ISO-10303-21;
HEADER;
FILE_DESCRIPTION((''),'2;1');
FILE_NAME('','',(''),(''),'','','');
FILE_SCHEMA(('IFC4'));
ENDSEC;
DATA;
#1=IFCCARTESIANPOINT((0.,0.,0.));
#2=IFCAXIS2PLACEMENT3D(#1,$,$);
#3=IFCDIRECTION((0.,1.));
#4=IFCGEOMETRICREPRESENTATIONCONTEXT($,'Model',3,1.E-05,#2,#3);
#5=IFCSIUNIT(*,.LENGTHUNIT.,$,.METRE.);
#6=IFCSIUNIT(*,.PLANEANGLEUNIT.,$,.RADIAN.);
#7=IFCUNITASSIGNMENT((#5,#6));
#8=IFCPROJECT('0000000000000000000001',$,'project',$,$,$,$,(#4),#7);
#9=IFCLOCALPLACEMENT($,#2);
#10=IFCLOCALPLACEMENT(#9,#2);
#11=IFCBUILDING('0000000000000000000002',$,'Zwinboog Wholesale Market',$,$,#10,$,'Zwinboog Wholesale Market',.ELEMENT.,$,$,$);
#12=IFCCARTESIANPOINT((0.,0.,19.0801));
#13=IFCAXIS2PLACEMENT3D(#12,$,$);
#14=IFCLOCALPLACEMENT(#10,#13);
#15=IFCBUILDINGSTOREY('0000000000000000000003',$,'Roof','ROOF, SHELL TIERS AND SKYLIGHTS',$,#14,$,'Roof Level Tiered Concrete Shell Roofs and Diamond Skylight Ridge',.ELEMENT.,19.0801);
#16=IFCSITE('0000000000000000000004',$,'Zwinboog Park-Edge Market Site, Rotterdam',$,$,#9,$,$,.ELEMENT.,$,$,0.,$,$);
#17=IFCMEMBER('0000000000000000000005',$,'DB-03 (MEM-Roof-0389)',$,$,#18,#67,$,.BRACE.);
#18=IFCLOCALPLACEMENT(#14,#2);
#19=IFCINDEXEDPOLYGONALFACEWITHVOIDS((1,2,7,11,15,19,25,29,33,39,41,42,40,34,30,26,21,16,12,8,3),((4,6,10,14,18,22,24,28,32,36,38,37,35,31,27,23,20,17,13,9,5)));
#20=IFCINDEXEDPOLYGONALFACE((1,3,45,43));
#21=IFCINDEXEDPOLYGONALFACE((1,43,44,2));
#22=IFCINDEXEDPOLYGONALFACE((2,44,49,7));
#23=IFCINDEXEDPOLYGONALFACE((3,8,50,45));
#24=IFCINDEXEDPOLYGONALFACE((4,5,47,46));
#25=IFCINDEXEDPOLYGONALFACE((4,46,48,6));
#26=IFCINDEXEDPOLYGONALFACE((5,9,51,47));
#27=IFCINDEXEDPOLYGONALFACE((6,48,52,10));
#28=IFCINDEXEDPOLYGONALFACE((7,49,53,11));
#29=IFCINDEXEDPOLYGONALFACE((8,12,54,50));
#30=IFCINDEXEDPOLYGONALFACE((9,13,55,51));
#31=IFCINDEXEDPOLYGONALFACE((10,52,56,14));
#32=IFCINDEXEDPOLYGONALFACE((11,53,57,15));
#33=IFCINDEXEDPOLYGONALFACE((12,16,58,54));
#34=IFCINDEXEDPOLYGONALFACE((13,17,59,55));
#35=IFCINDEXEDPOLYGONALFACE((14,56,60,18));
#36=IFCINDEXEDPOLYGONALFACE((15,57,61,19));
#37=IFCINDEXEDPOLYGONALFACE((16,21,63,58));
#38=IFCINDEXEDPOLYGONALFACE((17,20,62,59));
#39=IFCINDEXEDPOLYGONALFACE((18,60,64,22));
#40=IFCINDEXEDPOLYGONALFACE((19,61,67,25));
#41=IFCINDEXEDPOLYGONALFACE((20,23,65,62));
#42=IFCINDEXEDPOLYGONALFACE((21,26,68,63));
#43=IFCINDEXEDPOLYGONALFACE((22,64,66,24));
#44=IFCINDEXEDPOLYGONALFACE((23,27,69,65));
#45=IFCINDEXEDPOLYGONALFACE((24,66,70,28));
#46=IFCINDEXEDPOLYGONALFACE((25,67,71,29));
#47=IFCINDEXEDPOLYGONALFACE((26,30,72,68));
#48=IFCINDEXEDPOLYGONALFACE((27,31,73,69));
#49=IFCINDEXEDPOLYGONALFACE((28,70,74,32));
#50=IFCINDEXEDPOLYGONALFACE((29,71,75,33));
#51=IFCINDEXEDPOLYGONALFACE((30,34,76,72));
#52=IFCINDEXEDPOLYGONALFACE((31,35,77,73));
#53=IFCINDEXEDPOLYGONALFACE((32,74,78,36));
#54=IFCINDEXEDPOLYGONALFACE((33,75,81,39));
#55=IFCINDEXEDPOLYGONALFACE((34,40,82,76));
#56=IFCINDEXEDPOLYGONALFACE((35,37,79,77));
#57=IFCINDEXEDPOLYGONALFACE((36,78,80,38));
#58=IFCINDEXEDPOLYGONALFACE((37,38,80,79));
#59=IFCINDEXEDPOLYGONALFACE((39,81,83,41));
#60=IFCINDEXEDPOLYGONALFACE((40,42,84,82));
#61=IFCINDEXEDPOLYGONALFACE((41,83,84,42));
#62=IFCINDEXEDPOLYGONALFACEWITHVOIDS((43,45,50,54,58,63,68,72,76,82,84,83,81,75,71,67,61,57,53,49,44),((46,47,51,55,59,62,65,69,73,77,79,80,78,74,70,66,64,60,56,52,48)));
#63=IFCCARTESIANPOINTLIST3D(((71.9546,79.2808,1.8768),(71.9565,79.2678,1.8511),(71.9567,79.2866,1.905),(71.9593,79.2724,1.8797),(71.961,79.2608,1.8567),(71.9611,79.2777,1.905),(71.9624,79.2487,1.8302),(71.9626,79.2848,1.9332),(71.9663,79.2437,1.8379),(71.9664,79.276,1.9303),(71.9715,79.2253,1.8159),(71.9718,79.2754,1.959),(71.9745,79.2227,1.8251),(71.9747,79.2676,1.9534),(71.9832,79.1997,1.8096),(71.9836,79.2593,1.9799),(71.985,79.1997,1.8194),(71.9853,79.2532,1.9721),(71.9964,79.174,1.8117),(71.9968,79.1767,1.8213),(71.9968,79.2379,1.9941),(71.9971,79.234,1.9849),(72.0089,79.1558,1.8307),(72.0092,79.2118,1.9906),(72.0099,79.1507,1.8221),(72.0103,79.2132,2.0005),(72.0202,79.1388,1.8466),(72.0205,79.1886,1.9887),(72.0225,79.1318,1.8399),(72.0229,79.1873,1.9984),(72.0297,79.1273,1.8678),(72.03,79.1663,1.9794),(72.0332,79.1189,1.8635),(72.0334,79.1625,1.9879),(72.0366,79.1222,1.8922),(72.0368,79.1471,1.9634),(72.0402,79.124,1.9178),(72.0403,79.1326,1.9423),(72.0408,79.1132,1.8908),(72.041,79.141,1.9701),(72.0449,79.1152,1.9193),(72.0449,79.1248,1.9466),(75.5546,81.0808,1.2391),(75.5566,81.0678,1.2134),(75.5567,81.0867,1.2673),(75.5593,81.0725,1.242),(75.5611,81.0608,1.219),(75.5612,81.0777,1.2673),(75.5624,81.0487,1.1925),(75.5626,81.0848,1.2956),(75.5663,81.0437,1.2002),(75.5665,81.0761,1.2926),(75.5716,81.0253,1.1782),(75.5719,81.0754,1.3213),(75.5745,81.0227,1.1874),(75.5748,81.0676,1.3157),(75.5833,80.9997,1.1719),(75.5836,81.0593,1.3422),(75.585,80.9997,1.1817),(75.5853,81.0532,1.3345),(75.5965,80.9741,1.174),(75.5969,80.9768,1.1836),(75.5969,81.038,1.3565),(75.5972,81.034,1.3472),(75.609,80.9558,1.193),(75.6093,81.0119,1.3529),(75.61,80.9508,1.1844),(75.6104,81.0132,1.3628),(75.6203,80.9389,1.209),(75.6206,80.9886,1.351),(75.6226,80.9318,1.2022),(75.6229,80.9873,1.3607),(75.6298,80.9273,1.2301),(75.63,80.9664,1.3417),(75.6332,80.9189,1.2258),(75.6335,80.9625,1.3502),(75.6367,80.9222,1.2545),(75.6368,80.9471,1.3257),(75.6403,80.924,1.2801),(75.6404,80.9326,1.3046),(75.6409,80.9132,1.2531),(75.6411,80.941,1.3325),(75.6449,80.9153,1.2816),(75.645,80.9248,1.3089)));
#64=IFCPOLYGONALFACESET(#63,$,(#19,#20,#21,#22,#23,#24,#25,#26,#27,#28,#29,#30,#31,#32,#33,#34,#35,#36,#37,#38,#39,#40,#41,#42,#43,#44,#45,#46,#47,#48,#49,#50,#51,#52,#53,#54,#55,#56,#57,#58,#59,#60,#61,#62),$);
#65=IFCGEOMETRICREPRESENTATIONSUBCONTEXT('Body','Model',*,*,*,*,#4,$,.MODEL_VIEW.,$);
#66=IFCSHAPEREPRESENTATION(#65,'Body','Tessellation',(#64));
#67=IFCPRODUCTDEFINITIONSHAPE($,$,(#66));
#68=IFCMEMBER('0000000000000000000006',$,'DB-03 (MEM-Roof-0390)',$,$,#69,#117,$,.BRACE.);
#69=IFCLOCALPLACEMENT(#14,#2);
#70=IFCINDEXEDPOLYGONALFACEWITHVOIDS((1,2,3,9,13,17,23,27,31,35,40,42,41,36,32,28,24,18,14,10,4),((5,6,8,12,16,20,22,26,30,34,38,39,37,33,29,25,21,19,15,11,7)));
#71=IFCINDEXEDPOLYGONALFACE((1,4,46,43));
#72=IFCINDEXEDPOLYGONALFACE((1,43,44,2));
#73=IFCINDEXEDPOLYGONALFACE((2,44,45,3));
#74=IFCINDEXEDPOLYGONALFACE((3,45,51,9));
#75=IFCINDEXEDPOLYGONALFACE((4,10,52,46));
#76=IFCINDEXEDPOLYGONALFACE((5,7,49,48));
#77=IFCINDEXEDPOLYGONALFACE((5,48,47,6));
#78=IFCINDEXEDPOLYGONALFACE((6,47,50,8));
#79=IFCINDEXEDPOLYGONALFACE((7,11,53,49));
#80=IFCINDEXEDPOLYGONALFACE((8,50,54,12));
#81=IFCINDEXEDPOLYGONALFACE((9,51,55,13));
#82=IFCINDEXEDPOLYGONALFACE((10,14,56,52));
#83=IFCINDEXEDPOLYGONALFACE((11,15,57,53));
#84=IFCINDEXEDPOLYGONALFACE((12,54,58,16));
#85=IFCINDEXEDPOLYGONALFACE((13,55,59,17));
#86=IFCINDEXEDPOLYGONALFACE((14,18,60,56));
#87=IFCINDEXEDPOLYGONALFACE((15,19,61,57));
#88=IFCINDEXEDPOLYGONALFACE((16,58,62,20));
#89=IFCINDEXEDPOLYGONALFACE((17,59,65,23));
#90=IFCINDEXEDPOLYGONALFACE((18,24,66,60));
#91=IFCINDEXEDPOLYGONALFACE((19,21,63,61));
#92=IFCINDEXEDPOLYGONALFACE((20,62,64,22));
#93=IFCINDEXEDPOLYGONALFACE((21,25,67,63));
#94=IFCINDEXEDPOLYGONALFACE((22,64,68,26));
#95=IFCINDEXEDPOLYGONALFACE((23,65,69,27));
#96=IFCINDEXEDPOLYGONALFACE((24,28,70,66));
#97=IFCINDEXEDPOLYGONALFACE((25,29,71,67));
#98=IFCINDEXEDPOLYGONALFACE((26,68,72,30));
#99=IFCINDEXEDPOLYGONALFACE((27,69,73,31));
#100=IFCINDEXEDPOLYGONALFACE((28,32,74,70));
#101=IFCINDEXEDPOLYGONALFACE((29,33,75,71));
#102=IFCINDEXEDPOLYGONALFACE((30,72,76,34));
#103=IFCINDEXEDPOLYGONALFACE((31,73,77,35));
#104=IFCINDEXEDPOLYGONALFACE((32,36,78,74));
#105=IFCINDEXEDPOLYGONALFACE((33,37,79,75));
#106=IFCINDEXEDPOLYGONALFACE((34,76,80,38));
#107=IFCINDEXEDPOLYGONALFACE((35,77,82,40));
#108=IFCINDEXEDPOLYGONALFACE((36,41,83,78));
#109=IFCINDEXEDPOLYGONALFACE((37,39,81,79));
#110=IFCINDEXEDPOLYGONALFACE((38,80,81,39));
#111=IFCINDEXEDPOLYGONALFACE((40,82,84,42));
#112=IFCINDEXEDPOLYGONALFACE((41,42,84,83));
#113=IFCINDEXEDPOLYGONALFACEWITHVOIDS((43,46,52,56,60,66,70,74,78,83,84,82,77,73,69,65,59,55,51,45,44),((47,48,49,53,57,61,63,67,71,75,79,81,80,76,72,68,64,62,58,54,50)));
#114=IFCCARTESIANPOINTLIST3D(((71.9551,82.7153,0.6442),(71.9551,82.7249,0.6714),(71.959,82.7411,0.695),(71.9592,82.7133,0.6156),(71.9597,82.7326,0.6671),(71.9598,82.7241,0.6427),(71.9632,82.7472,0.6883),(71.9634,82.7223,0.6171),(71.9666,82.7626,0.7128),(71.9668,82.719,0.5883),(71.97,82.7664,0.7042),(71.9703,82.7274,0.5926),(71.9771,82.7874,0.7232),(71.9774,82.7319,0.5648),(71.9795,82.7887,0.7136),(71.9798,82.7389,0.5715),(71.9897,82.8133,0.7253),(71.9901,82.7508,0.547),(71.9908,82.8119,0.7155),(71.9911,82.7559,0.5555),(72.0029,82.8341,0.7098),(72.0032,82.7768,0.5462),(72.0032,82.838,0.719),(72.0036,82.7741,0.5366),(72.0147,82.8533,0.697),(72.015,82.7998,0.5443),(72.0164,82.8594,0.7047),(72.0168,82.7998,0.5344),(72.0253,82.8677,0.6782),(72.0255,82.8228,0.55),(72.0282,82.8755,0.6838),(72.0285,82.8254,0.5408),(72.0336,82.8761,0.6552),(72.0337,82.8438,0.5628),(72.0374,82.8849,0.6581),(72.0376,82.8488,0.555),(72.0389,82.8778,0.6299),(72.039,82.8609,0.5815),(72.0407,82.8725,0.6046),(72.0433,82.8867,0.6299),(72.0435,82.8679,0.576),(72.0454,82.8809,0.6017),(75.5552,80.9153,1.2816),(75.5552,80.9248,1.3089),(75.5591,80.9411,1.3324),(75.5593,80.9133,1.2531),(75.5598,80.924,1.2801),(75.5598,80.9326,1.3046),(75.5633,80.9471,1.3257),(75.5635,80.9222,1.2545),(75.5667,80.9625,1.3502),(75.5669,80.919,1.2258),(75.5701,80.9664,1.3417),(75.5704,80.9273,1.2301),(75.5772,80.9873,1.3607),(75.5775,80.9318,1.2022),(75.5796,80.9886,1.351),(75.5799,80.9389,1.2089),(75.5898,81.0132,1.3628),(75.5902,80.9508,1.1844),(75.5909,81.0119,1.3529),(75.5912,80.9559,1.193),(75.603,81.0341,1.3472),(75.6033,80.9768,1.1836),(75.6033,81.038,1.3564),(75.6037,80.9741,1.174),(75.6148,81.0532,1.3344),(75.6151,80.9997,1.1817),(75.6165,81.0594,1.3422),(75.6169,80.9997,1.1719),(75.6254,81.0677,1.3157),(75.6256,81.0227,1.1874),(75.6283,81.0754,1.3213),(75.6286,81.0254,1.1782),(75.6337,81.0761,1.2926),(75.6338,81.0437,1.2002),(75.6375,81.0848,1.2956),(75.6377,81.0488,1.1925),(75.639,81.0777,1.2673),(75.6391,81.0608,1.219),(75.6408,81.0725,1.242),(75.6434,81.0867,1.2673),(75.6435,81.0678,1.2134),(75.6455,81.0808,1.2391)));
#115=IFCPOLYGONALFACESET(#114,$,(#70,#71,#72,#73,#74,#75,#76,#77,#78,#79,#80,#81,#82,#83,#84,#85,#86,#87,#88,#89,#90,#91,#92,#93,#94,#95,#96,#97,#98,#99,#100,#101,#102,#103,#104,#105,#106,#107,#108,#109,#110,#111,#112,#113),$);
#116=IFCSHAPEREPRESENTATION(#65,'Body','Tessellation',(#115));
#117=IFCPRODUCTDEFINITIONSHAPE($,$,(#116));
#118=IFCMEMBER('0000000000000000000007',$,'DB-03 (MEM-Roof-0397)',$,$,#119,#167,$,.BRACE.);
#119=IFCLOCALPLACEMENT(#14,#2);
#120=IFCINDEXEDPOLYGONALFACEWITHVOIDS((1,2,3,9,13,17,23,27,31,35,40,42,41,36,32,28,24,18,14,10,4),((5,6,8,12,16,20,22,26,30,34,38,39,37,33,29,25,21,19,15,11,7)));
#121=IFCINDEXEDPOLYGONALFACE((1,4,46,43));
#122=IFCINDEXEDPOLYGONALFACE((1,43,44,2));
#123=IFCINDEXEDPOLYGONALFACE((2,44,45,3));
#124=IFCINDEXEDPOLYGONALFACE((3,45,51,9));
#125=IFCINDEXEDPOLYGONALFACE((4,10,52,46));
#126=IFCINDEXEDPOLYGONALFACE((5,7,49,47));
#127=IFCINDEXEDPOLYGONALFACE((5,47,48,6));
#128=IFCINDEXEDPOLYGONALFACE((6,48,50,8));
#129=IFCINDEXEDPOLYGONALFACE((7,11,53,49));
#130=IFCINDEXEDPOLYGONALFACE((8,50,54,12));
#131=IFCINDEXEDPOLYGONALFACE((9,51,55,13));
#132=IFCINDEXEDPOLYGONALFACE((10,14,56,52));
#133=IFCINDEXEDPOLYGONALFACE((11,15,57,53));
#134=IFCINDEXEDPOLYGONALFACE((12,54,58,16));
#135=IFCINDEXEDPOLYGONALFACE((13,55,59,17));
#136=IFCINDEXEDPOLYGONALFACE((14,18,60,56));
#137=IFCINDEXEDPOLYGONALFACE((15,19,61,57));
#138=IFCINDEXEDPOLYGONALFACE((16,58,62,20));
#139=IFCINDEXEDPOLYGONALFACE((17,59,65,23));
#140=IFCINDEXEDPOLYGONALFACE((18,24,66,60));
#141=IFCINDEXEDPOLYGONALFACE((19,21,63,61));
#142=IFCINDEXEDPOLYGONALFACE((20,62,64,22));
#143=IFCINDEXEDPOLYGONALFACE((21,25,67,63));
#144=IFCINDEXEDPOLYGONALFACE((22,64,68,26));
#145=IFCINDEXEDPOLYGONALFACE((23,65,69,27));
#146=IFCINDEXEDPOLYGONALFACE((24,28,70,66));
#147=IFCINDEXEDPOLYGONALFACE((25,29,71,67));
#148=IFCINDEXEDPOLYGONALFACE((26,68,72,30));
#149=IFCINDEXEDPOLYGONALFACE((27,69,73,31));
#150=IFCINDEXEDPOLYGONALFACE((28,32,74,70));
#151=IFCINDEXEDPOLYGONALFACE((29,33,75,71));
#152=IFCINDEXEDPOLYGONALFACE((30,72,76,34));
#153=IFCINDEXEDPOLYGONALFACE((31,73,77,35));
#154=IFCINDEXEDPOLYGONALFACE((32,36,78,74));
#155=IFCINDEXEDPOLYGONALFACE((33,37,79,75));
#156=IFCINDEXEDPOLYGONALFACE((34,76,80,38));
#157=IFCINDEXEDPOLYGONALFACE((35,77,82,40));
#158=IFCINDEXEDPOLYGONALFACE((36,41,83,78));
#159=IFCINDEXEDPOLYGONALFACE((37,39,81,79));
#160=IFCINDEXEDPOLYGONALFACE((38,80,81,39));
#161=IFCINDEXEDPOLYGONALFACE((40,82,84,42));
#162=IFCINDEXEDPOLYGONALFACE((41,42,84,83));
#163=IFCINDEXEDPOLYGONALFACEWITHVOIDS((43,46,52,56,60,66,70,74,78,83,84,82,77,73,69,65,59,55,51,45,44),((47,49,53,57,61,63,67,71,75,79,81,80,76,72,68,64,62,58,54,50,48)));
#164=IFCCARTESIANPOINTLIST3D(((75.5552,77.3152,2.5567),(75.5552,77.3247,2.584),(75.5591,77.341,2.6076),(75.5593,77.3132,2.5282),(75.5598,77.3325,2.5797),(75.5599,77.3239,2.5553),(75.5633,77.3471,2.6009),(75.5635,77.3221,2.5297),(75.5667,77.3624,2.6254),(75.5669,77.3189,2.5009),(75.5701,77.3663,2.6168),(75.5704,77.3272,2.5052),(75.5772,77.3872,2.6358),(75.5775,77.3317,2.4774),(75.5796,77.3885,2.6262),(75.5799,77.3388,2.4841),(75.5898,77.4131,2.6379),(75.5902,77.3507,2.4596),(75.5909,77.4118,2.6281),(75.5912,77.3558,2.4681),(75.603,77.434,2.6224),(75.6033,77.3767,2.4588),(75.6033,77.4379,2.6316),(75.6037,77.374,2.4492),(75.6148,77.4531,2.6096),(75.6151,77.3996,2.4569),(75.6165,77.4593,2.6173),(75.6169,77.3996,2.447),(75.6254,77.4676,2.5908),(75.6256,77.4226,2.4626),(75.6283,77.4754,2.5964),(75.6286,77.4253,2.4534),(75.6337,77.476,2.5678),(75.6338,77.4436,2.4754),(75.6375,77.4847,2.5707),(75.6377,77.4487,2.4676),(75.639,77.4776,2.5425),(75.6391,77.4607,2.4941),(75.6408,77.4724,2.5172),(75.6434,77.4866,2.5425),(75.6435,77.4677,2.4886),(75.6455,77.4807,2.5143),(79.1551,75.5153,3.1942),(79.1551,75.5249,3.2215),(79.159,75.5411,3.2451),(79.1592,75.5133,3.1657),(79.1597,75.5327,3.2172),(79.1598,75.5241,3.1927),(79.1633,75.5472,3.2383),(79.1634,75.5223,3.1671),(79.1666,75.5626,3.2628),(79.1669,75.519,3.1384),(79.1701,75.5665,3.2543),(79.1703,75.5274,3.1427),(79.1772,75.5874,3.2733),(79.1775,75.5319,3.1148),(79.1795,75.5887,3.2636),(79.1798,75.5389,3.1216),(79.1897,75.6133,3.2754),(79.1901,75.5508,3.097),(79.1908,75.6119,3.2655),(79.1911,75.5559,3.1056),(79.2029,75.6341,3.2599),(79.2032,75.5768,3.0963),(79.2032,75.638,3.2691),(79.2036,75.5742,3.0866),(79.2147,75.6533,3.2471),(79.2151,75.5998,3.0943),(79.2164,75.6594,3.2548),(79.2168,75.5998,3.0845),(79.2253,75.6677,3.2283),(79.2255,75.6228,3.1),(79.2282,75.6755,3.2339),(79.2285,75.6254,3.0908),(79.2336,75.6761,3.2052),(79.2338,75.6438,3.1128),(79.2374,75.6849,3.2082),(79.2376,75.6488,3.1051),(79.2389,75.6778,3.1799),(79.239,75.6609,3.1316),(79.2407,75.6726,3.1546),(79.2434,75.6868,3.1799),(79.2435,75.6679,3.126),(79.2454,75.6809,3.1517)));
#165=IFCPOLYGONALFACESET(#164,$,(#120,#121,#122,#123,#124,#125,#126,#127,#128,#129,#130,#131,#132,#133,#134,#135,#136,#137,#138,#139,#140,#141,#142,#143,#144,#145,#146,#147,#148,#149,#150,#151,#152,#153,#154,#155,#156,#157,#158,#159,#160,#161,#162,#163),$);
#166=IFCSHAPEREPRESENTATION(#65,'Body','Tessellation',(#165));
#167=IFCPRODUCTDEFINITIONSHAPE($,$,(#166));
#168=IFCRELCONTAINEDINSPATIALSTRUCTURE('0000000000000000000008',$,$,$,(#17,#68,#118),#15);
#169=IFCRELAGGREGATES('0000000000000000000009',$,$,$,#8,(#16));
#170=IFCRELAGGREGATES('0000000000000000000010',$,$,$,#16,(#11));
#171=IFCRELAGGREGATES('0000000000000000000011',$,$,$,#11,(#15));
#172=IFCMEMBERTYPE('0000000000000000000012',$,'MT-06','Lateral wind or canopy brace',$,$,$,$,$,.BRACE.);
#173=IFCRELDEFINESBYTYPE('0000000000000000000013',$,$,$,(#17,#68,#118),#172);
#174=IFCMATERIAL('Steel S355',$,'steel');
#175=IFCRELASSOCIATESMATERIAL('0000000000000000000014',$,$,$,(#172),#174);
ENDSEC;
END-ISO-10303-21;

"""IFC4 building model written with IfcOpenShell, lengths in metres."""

from ifc_helpers import new_model, si_unit, direction, frame, origin, origin_2d, place, context, subcontext, project, spatial, hollow_circle, extrude, material, material_profile, profile_set, type_object, element, save


model = new_model("IFC4")

# Units and contexts
model_context = context("Model", 3, precision=1e-05, world=origin(), true_north=direction((0.0, 1.0)))
body_context = subcontext(model_context, "Body", "Model", "MODEL_VIEW")
ifc_project = project(units=[si_unit("LENGTHUNIT", "METRE"), si_unit("PLANEANGLEUNIT", "RADIAN")], contexts=[model_context])

# Site, building, storey
site_placement = place(None, origin())
site = spatial("IfcSite", under=ifc_project, at=site_placement, Name="Zwinboog Park-Edge Market Site, Rotterdam", CompositionType="ELEMENT", RefElevation=0.0)
building_placement = place(site_placement, origin())
building = spatial("IfcBuilding", under=site, at=building_placement, Name="Zwinboog Wholesale Market", LongName="Zwinboog Wholesale Market", CompositionType="ELEMENT")
storey_placement = place(building_placement, frame((0.0, 0.0, 19.0801)))
storey = spatial("IfcBuildingStorey", under=building, at=storey_placement, Name="Roof", Description="ROOF, SHELL TIERS AND SKYLIGHTS", LongName="Roof Level Tiered Concrete Shell Roofs and Diamond Skylight Ridge", CompositionType="ELEMENT", Elevation=19.0801)

# Members
ifc_material_1 = material(Name="Steel S355", Category="steel")
ifc_material_profile_1 = material_profile(ifc_material_1, hollow_circle(Radius=0.0969, WallThickness=0.01, at=origin_2d()), Name="CHS 193.7x10")
ifc_profile_set_1 = profile_set([ifc_material_profile_1], Name="Steel S355")
member_type_1 = type_object("IfcMemberType", Name="MT-06", Description="Lateral wind or canopy brace", PredefinedType="BRACE", material=ifc_profile_set_1)
for number, where, z_axis, x_axis, name in (
    (1, (72.0, 79.2, 1.905), (0.883409, 0.441704, -0.156481), (-0.447214, 0.894427, 0.0), "DB-03 (MEM-Roof-0389)"),
    (2, (72.0, 82.8, 0.6299), (0.883417, -0.441709, 0.156422), (0.447214, 0.894427, 0.0), "DB-03 (MEM-Roof-0390)"),
):
    element("IfcMember", number, at=place(storey_placement, frame(where, z_axis=z_axis, x_axis=x_axis)), inside=storey, type_object=member_type_1, Name=name, PredefinedType="BRACE", context=body_context, shape_type="SweptSolid", body=[
        extrude(hollow_circle(Radius=0.0969, WallThickness=0.01, at=origin_2d()), origin(), (0.0, 0.0, 1.0), 4.0752),
    ])
for number, where, z_axis, x_axis, name in (
    (3, (75.6001, 77.3999, 2.5425), (0.883427, -0.441684, 0.156435), (0.447189, 0.894439, 0.0), "DB-03 (MEM-Roof-0397)"),
):
    element("IfcMember", number, at=place(storey_placement, frame(where, z_axis=z_axis, x_axis=x_axis)), inside=storey, type_object=member_type_1, Name=name, PredefinedType="BRACE", context=body_context, shape_type="SweptSolid", body=[
        extrude(hollow_circle(Radius=0.0969, WallThickness=0.01, at=origin_2d()), origin(), (0.0, 0.0, 1.0), 4.075),
    ])

save(model, "model.ifc")
